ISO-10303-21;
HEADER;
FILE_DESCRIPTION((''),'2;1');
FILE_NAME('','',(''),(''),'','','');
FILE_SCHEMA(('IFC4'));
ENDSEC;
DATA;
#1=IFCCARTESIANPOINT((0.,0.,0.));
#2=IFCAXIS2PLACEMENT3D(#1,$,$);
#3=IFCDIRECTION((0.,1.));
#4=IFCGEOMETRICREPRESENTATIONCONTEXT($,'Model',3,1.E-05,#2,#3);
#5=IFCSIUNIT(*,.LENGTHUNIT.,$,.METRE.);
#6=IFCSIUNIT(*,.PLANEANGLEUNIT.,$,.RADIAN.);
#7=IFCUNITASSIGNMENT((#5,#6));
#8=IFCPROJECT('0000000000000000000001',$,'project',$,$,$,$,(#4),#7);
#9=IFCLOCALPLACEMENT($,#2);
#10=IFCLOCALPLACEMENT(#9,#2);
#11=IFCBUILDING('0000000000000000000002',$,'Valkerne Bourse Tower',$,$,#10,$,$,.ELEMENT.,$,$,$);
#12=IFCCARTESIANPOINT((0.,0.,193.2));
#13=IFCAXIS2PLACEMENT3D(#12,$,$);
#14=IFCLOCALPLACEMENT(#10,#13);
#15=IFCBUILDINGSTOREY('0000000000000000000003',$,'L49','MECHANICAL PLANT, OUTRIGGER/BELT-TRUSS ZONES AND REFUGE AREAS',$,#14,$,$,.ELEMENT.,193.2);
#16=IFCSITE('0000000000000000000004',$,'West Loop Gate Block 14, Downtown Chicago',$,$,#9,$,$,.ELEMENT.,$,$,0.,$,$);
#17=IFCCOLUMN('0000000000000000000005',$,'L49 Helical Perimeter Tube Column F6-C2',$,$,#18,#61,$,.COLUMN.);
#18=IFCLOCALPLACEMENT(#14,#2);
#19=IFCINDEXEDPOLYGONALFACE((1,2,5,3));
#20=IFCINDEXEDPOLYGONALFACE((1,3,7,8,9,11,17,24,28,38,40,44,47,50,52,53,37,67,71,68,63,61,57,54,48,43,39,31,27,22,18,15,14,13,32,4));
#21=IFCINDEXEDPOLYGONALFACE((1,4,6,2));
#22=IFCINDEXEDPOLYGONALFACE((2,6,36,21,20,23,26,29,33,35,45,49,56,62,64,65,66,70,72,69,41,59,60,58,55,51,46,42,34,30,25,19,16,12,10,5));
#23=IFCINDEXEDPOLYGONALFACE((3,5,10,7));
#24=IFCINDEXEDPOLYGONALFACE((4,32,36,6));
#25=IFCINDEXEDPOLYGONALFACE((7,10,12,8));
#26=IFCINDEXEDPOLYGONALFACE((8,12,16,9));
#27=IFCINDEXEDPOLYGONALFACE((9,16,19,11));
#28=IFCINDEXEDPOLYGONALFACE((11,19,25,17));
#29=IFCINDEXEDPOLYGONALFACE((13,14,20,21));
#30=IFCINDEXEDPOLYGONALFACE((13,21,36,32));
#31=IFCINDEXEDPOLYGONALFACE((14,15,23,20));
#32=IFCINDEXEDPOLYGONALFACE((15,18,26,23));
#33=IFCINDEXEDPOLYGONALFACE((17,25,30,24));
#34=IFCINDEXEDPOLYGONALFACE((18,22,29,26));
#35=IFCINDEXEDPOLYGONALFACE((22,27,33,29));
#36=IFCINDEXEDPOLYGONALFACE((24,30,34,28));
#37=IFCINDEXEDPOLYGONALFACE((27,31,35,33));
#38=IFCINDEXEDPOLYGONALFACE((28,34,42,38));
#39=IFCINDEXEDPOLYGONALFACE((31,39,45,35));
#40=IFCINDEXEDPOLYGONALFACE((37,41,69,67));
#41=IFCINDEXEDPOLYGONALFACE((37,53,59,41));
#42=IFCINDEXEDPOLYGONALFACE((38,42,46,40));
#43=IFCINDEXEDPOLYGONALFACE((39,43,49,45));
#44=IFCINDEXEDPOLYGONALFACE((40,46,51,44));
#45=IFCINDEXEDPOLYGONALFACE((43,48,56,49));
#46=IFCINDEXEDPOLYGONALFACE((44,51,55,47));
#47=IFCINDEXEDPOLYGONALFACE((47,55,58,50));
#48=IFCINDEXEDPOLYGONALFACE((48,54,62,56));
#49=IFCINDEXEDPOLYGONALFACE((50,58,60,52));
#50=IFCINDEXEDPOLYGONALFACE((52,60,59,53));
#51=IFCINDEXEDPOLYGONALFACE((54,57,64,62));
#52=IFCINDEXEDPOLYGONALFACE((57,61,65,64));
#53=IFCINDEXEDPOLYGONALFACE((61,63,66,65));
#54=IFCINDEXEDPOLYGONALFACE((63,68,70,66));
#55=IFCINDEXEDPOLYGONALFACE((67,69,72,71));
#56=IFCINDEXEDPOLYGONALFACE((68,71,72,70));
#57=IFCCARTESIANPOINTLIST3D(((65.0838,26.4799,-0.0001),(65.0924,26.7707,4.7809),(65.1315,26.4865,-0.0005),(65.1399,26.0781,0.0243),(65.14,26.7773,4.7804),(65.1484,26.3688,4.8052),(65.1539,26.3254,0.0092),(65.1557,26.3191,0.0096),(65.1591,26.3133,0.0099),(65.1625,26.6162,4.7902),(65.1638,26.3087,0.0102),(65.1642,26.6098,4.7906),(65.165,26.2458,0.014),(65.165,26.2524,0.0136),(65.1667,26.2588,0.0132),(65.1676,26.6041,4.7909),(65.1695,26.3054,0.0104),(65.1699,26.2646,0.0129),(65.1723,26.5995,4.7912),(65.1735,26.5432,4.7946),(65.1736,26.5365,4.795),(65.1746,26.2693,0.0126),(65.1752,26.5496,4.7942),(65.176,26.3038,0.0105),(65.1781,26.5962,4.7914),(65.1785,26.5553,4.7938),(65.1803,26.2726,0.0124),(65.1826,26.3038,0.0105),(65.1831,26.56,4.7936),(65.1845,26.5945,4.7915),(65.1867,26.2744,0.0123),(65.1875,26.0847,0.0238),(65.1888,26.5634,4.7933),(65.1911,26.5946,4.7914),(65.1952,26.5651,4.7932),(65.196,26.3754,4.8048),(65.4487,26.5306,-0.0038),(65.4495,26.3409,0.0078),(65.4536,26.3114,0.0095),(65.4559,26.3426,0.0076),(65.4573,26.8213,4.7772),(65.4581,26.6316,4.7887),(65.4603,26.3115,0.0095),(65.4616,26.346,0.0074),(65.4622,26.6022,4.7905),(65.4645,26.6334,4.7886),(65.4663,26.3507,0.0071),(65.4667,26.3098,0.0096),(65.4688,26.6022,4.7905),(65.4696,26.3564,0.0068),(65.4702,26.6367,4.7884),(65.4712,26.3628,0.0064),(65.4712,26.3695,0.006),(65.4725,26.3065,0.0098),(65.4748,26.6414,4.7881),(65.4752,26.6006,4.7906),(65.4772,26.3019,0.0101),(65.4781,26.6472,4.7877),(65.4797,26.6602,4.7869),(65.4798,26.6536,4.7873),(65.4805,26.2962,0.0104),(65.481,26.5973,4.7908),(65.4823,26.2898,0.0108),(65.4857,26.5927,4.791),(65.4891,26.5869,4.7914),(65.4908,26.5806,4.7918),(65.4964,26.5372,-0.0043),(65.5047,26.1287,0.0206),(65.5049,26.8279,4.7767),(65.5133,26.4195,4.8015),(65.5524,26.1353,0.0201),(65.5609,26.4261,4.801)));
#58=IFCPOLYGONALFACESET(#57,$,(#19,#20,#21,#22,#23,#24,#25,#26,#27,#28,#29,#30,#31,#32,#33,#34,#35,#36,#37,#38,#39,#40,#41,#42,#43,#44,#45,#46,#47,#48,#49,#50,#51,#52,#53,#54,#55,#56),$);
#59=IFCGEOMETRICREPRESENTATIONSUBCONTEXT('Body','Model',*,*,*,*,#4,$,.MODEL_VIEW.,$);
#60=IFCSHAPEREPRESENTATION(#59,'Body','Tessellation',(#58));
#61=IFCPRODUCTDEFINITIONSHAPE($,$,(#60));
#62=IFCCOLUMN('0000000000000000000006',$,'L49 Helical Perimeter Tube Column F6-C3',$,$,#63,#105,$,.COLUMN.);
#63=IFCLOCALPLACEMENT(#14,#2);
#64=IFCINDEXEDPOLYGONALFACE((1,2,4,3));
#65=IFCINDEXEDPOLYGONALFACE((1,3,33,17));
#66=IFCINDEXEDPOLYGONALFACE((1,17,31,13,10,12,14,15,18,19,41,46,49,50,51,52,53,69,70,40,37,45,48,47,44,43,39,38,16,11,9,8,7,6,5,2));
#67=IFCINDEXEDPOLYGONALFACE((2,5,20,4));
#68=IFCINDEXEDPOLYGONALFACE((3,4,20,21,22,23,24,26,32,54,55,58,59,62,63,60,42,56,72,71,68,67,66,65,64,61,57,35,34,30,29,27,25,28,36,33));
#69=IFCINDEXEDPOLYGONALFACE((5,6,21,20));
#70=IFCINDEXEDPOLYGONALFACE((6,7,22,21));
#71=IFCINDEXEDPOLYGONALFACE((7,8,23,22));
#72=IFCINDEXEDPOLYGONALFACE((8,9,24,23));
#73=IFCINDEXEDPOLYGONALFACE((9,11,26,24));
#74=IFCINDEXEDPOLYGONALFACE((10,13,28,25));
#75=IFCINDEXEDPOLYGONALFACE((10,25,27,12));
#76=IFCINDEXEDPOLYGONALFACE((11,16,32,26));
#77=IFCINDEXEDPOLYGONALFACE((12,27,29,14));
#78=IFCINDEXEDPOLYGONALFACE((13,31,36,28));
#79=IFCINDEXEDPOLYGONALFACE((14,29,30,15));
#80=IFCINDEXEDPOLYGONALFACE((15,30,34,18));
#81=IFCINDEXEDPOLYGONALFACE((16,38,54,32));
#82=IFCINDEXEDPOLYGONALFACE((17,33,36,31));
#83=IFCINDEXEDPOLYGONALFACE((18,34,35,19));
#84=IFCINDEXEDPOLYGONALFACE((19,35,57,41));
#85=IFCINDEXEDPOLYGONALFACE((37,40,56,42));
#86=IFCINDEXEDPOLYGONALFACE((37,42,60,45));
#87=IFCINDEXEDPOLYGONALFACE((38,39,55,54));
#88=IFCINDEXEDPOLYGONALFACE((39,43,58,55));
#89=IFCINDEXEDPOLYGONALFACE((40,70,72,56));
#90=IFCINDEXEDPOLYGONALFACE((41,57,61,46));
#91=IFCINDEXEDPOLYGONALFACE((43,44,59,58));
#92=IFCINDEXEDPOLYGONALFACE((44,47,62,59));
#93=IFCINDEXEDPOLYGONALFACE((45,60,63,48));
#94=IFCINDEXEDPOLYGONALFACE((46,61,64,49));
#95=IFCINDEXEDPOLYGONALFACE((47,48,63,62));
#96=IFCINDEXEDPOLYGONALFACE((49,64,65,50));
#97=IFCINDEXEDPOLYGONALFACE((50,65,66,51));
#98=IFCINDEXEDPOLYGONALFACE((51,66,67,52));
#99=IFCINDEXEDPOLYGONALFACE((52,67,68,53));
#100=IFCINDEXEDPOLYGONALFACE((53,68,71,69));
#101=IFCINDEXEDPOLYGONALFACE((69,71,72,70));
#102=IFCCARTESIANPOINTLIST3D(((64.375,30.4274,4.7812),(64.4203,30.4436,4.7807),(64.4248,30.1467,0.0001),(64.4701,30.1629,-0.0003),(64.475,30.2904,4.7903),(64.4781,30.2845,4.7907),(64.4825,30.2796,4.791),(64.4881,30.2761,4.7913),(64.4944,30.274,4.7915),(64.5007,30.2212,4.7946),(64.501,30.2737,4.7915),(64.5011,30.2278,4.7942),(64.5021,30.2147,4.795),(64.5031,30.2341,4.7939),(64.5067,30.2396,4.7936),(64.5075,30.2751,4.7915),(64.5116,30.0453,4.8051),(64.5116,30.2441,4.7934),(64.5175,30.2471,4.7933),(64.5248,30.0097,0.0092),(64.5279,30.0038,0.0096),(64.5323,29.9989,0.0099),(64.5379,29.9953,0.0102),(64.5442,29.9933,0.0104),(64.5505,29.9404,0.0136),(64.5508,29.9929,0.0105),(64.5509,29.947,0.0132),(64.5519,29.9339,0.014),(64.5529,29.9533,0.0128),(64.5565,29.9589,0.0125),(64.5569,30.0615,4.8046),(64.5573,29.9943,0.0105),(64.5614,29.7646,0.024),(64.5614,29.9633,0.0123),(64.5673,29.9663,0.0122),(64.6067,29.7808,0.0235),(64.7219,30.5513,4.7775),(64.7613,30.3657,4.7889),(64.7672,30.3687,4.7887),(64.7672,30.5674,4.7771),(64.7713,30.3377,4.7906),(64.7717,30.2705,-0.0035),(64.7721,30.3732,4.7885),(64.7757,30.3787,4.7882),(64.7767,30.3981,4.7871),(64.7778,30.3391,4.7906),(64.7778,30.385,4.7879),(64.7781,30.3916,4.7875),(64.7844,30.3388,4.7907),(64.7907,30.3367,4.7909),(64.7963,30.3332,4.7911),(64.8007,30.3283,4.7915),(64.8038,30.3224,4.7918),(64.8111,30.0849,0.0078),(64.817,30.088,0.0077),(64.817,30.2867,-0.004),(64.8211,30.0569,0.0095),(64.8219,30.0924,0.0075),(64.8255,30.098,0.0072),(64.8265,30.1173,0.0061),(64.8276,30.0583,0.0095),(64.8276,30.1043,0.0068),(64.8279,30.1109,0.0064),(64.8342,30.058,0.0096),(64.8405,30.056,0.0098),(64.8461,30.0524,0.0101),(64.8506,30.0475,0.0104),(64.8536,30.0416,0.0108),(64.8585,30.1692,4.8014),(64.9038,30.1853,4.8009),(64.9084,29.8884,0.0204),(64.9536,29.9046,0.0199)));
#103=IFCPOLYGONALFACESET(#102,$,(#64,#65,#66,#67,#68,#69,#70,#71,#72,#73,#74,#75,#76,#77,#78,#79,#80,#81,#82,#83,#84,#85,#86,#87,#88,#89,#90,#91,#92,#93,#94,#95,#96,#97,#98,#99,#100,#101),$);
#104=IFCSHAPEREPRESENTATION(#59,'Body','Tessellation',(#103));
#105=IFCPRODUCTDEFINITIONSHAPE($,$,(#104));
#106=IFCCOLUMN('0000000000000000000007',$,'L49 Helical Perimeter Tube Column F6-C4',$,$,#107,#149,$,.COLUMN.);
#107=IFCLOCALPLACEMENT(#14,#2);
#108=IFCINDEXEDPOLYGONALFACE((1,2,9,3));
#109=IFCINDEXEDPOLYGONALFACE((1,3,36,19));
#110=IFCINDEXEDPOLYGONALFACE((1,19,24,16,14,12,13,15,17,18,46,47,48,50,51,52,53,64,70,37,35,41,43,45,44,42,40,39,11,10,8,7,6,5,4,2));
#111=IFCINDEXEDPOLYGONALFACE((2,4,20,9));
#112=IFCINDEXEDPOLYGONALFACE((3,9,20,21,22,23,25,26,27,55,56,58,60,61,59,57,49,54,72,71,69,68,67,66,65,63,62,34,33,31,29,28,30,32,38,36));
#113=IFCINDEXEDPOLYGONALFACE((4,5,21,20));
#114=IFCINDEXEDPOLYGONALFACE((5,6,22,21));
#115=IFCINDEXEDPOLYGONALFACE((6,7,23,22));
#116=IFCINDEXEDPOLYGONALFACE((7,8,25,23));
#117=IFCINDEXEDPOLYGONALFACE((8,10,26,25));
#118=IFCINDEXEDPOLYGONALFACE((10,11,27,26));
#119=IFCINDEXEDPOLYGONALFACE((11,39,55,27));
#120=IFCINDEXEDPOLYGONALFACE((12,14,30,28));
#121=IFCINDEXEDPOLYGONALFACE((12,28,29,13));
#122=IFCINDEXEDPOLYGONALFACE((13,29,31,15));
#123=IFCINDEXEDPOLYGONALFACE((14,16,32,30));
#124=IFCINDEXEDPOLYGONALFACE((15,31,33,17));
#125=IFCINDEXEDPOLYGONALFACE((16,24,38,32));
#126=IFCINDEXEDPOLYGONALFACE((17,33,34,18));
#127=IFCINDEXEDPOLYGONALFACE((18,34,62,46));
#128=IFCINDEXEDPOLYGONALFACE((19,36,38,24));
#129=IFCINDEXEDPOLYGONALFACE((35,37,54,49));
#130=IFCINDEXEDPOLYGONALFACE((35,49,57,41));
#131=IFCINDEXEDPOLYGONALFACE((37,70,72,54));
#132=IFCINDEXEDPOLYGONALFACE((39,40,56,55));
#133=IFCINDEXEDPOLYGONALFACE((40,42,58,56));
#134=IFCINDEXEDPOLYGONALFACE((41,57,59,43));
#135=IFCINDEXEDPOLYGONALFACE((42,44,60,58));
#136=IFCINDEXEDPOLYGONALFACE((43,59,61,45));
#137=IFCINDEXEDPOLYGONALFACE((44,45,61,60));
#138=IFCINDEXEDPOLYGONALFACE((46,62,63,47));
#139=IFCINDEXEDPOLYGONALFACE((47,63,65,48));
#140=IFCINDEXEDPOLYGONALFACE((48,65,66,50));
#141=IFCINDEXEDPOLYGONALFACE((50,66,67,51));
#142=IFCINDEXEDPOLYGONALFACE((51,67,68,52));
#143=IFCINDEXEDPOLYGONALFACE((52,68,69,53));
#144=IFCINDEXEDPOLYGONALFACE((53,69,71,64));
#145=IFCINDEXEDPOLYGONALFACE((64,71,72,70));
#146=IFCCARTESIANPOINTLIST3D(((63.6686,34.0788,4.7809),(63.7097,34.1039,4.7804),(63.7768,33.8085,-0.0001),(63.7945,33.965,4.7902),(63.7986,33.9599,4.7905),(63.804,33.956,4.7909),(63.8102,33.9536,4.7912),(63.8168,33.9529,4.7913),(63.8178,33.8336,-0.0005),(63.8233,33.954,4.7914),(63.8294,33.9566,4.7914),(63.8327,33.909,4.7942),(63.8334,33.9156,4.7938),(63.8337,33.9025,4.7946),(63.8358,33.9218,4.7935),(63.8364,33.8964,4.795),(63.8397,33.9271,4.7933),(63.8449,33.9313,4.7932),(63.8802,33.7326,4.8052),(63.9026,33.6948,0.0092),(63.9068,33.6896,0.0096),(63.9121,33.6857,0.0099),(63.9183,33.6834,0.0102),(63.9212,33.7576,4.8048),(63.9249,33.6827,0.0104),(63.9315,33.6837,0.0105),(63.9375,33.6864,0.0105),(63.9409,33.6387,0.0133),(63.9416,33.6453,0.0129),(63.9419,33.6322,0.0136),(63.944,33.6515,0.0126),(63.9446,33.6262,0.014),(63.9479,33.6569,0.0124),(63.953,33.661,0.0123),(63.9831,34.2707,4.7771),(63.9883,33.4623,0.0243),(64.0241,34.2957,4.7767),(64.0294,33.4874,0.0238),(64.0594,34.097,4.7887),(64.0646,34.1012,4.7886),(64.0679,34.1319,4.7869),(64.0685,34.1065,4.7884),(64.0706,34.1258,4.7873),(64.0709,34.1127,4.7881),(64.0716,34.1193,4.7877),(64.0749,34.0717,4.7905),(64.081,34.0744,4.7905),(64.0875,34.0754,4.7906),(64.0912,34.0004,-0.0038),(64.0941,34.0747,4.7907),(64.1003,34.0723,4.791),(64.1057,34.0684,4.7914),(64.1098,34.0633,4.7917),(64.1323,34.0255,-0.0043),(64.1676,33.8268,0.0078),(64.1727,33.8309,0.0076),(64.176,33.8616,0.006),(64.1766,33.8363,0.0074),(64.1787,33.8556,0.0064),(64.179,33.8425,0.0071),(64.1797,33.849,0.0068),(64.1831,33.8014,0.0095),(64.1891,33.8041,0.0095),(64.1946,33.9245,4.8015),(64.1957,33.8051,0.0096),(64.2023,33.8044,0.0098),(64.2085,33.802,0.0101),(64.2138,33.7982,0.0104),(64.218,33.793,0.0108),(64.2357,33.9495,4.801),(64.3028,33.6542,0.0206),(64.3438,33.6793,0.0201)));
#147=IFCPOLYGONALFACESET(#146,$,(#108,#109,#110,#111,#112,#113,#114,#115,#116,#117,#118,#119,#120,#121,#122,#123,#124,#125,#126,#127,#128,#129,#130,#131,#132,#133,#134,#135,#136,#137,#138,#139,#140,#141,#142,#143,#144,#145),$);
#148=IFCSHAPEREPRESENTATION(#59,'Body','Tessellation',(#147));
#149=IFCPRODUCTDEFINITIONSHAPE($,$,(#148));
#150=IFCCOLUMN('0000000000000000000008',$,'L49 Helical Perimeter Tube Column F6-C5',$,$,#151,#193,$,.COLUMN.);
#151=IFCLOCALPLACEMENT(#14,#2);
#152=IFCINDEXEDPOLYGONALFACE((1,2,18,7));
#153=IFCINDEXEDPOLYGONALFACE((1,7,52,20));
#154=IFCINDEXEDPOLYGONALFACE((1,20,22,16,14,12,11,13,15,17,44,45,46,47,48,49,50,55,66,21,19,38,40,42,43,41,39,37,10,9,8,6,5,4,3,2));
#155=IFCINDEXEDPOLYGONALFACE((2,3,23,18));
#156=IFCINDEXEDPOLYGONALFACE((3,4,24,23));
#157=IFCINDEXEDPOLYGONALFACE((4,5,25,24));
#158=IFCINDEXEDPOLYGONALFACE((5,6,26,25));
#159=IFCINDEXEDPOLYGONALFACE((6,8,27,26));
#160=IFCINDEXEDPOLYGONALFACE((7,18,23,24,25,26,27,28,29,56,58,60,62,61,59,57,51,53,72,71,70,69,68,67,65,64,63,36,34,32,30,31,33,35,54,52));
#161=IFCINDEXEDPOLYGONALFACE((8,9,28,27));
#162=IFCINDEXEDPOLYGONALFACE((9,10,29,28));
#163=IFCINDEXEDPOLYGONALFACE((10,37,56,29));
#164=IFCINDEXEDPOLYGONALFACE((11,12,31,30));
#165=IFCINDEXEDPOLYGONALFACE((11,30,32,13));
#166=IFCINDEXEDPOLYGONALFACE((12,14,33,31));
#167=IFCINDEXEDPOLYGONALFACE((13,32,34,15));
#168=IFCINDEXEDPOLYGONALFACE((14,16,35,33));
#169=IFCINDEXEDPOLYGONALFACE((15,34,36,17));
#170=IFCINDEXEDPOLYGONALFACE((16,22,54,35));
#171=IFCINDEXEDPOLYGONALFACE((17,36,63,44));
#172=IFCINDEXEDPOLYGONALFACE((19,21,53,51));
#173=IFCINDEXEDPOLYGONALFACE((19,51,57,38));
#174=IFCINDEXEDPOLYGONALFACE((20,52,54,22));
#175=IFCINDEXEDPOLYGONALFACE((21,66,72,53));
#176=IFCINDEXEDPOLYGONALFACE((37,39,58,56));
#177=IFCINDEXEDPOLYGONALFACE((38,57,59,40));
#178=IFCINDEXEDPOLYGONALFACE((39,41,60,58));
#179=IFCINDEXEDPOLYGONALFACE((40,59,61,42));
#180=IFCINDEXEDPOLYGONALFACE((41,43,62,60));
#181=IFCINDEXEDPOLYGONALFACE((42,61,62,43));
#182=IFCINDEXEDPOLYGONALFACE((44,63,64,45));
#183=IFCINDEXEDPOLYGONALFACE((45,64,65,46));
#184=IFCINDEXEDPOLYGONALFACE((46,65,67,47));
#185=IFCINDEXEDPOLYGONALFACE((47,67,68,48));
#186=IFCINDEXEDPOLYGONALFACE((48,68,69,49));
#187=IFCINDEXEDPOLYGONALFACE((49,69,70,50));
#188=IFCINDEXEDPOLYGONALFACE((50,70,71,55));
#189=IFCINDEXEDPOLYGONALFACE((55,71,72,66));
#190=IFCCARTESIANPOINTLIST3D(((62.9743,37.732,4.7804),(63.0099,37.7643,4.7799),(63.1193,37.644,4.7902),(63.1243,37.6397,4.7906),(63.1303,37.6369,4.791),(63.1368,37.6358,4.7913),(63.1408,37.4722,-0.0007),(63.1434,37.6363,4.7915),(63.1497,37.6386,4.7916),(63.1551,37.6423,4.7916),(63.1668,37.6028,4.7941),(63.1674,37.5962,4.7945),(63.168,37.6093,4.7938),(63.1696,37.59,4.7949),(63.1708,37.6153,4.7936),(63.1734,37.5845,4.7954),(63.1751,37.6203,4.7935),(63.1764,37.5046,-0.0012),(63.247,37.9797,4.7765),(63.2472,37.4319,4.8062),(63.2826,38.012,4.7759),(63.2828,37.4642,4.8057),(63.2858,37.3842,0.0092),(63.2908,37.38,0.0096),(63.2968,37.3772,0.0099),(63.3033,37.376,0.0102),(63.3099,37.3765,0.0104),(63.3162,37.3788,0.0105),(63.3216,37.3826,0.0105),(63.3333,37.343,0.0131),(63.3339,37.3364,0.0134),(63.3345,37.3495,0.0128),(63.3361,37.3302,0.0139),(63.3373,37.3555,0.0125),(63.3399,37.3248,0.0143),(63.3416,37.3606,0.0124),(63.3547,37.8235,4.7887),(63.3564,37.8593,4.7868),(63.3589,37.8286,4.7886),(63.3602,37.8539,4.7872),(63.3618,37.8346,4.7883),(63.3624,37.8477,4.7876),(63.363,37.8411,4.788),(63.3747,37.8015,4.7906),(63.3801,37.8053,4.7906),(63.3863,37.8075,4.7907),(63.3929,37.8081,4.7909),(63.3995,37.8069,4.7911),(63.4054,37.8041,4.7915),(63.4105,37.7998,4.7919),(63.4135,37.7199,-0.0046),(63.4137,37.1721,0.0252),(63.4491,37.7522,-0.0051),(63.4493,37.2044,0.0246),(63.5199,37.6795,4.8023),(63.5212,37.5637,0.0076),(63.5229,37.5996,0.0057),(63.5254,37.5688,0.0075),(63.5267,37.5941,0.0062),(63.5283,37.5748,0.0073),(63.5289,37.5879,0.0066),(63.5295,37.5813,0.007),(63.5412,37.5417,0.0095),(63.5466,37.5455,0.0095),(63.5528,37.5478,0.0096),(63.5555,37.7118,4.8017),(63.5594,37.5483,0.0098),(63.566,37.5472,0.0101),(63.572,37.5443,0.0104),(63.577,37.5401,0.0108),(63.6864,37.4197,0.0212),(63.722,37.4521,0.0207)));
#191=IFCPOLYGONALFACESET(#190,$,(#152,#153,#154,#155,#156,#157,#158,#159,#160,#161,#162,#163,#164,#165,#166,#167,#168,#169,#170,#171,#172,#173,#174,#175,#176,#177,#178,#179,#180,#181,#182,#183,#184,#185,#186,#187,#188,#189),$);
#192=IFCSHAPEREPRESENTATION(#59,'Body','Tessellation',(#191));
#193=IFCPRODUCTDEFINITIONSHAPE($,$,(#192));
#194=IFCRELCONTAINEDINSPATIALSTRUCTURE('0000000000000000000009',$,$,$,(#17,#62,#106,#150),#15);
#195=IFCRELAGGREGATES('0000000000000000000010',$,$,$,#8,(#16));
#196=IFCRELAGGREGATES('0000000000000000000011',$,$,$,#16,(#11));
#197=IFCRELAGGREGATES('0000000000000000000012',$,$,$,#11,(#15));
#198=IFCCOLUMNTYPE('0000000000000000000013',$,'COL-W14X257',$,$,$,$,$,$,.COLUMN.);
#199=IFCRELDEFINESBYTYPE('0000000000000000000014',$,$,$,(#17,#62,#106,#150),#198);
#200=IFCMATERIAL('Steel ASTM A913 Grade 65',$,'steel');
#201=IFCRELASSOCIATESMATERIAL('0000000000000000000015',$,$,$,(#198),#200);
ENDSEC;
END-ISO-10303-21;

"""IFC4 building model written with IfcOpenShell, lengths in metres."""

from ifc_helpers import new_model, si_unit, direction, frame, origin, origin_2d, place, context, subcontext, project, spatial, i_section, extrude, material, material_profile, profile_set, type_object, element, save


model = new_model("IFC4")

# Units and contexts
model_context = context("Model", 3, precision=1e-05, world=origin(), true_north=direction((0.0, 1.0)))
body_context = subcontext(model_context, "Body", "Model", "MODEL_VIEW")
ifc_project = project(units=[si_unit("LENGTHUNIT", "METRE"), si_unit("PLANEANGLEUNIT", "RADIAN")], contexts=[model_context])

# Site, building, storey
site_placement = place(None, origin())
site = spatial("IfcSite", under=ifc_project, at=site_placement, Name="West Loop Gate Block 14, Downtown Chicago", CompositionType="ELEMENT", RefElevation=0.0)
building_placement = place(site_placement, origin())
building = spatial("IfcBuilding", under=site, at=building_placement, Name="Valkerne Bourse Tower", CompositionType="ELEMENT")
storey_placement = place(building_placement, frame((0.0, 0.0, 193.2)))
storey = spatial("IfcBuildingStorey", under=building, at=storey_placement, Name="L49", Description="MECHANICAL PLANT, OUTRIGGER/BELT-TRUSS ZONES AND REFUGE AREAS", CompositionType="ELEMENT", Elevation=193.2)

# Columns
ifc_material_1 = material(Name="Steel ASTM A913 Grade 65", Category="steel")
ifc_material_profile_1 = material_profile(ifc_material_1, i_section(OverallWidth=0.4065, OverallDepth=0.4165, WebThickness=0.0298, FlangeThickness=0.0481, FilletRadius=0.0254, at=origin_2d()), Name="W14X257")
ifc_profile_set_1 = profile_set([ifc_material_profile_1], Name="Steel ASTM A913 Grade 65")
column_type = type_object("IfcColumnType", Name="COL-W14X257", PredefinedType="COLUMN", material=ifc_profile_set_1)
column_1_placement = place(storey_placement, frame((65.3181, 26.3076, 0.01), z_axis=(0.001784, 0.060706, 0.998154), x_axis=(0.137787, -0.98865, 0.059882)))
element("IfcColumn", 1, at=column_1_placement, inside=storey, type_object=column_type, Name="L49 Helical Perimeter Tube Column F6-C2", PredefinedType="COLUMN", context=body_context, shape_type="SweptSolid", body=[
    extrude(i_section(OverallWidth=0.4065, OverallDepth=0.4165, WebThickness=0.0298, FlangeThickness=0.0481, FilletRadius=0.0254, at=origin_2d()), origin(), (0.0, 0.0, 1.0), 4.7898),
])
column_2_placement = place(storey_placement, frame((64.6892, 30.0256, 0.01), z_axis=(-0.010399, 0.05862, 0.998226), x_axis=(0.336118, -0.939989, 0.058702)))
element("IfcColumn", 2, at=column_2_placement, inside=storey, type_object=column_type, Name="L49 Helical Perimeter Tube Column F6-C3", PredefinedType="COLUMN", context=body_context, shape_type="SweptSolid", body=[
    extrude(i_section(OverallWidth=0.4065, OverallDepth=0.4165, WebThickness=0.0298, FlangeThickness=0.0481, FilletRadius=0.0254, at=origin_2d()), origin(), (0.0, 0.0, 1.0), 4.7896),
])
column_3_placement = place(storey_placement, frame((64.0603, 33.7439, 0.01), z_axis=(-0.02258, 0.056424, 0.998152), x_axis=(0.520486, -0.851765, 0.059923)))
element("IfcColumn", 3, at=column_3_placement, inside=storey, type_object=column_type, Name="L49 Helical Perimeter Tube Column F6-C4", PredefinedType="COLUMN", context=body_context, shape_type="SweptSolid", body=[
    extrude(i_section(OverallWidth=0.4065, OverallDepth=0.4165, WebThickness=0.0298, FlangeThickness=0.0481, FilletRadius=0.0254, at=origin_2d()), origin(), (0.0, 0.0, 1.0), 4.7898),
])
column_4_placement = place(storey_placement, frame((63.4314, 37.4622, 0.01), z_axis=(-0.034754, 0.05422, 0.997924), x_axis=(0.671378, -0.73839, 0.0635)))
element("IfcColumn", 4, at=column_4_placement, inside=storey, type_object=column_type, Name="L49 Helical Perimeter Tube Column F6-C5", PredefinedType="COLUMN", context=body_context, shape_type="SweptSolid", body=[
    extrude(i_section(OverallWidth=0.4065, OverallDepth=0.4165, WebThickness=0.0298, FlangeThickness=0.0481, FilletRadius=0.0254, at=origin_2d()), origin(), (0.0, 0.0, 1.0), 4.791),
])

save(model, "model.ifc")
